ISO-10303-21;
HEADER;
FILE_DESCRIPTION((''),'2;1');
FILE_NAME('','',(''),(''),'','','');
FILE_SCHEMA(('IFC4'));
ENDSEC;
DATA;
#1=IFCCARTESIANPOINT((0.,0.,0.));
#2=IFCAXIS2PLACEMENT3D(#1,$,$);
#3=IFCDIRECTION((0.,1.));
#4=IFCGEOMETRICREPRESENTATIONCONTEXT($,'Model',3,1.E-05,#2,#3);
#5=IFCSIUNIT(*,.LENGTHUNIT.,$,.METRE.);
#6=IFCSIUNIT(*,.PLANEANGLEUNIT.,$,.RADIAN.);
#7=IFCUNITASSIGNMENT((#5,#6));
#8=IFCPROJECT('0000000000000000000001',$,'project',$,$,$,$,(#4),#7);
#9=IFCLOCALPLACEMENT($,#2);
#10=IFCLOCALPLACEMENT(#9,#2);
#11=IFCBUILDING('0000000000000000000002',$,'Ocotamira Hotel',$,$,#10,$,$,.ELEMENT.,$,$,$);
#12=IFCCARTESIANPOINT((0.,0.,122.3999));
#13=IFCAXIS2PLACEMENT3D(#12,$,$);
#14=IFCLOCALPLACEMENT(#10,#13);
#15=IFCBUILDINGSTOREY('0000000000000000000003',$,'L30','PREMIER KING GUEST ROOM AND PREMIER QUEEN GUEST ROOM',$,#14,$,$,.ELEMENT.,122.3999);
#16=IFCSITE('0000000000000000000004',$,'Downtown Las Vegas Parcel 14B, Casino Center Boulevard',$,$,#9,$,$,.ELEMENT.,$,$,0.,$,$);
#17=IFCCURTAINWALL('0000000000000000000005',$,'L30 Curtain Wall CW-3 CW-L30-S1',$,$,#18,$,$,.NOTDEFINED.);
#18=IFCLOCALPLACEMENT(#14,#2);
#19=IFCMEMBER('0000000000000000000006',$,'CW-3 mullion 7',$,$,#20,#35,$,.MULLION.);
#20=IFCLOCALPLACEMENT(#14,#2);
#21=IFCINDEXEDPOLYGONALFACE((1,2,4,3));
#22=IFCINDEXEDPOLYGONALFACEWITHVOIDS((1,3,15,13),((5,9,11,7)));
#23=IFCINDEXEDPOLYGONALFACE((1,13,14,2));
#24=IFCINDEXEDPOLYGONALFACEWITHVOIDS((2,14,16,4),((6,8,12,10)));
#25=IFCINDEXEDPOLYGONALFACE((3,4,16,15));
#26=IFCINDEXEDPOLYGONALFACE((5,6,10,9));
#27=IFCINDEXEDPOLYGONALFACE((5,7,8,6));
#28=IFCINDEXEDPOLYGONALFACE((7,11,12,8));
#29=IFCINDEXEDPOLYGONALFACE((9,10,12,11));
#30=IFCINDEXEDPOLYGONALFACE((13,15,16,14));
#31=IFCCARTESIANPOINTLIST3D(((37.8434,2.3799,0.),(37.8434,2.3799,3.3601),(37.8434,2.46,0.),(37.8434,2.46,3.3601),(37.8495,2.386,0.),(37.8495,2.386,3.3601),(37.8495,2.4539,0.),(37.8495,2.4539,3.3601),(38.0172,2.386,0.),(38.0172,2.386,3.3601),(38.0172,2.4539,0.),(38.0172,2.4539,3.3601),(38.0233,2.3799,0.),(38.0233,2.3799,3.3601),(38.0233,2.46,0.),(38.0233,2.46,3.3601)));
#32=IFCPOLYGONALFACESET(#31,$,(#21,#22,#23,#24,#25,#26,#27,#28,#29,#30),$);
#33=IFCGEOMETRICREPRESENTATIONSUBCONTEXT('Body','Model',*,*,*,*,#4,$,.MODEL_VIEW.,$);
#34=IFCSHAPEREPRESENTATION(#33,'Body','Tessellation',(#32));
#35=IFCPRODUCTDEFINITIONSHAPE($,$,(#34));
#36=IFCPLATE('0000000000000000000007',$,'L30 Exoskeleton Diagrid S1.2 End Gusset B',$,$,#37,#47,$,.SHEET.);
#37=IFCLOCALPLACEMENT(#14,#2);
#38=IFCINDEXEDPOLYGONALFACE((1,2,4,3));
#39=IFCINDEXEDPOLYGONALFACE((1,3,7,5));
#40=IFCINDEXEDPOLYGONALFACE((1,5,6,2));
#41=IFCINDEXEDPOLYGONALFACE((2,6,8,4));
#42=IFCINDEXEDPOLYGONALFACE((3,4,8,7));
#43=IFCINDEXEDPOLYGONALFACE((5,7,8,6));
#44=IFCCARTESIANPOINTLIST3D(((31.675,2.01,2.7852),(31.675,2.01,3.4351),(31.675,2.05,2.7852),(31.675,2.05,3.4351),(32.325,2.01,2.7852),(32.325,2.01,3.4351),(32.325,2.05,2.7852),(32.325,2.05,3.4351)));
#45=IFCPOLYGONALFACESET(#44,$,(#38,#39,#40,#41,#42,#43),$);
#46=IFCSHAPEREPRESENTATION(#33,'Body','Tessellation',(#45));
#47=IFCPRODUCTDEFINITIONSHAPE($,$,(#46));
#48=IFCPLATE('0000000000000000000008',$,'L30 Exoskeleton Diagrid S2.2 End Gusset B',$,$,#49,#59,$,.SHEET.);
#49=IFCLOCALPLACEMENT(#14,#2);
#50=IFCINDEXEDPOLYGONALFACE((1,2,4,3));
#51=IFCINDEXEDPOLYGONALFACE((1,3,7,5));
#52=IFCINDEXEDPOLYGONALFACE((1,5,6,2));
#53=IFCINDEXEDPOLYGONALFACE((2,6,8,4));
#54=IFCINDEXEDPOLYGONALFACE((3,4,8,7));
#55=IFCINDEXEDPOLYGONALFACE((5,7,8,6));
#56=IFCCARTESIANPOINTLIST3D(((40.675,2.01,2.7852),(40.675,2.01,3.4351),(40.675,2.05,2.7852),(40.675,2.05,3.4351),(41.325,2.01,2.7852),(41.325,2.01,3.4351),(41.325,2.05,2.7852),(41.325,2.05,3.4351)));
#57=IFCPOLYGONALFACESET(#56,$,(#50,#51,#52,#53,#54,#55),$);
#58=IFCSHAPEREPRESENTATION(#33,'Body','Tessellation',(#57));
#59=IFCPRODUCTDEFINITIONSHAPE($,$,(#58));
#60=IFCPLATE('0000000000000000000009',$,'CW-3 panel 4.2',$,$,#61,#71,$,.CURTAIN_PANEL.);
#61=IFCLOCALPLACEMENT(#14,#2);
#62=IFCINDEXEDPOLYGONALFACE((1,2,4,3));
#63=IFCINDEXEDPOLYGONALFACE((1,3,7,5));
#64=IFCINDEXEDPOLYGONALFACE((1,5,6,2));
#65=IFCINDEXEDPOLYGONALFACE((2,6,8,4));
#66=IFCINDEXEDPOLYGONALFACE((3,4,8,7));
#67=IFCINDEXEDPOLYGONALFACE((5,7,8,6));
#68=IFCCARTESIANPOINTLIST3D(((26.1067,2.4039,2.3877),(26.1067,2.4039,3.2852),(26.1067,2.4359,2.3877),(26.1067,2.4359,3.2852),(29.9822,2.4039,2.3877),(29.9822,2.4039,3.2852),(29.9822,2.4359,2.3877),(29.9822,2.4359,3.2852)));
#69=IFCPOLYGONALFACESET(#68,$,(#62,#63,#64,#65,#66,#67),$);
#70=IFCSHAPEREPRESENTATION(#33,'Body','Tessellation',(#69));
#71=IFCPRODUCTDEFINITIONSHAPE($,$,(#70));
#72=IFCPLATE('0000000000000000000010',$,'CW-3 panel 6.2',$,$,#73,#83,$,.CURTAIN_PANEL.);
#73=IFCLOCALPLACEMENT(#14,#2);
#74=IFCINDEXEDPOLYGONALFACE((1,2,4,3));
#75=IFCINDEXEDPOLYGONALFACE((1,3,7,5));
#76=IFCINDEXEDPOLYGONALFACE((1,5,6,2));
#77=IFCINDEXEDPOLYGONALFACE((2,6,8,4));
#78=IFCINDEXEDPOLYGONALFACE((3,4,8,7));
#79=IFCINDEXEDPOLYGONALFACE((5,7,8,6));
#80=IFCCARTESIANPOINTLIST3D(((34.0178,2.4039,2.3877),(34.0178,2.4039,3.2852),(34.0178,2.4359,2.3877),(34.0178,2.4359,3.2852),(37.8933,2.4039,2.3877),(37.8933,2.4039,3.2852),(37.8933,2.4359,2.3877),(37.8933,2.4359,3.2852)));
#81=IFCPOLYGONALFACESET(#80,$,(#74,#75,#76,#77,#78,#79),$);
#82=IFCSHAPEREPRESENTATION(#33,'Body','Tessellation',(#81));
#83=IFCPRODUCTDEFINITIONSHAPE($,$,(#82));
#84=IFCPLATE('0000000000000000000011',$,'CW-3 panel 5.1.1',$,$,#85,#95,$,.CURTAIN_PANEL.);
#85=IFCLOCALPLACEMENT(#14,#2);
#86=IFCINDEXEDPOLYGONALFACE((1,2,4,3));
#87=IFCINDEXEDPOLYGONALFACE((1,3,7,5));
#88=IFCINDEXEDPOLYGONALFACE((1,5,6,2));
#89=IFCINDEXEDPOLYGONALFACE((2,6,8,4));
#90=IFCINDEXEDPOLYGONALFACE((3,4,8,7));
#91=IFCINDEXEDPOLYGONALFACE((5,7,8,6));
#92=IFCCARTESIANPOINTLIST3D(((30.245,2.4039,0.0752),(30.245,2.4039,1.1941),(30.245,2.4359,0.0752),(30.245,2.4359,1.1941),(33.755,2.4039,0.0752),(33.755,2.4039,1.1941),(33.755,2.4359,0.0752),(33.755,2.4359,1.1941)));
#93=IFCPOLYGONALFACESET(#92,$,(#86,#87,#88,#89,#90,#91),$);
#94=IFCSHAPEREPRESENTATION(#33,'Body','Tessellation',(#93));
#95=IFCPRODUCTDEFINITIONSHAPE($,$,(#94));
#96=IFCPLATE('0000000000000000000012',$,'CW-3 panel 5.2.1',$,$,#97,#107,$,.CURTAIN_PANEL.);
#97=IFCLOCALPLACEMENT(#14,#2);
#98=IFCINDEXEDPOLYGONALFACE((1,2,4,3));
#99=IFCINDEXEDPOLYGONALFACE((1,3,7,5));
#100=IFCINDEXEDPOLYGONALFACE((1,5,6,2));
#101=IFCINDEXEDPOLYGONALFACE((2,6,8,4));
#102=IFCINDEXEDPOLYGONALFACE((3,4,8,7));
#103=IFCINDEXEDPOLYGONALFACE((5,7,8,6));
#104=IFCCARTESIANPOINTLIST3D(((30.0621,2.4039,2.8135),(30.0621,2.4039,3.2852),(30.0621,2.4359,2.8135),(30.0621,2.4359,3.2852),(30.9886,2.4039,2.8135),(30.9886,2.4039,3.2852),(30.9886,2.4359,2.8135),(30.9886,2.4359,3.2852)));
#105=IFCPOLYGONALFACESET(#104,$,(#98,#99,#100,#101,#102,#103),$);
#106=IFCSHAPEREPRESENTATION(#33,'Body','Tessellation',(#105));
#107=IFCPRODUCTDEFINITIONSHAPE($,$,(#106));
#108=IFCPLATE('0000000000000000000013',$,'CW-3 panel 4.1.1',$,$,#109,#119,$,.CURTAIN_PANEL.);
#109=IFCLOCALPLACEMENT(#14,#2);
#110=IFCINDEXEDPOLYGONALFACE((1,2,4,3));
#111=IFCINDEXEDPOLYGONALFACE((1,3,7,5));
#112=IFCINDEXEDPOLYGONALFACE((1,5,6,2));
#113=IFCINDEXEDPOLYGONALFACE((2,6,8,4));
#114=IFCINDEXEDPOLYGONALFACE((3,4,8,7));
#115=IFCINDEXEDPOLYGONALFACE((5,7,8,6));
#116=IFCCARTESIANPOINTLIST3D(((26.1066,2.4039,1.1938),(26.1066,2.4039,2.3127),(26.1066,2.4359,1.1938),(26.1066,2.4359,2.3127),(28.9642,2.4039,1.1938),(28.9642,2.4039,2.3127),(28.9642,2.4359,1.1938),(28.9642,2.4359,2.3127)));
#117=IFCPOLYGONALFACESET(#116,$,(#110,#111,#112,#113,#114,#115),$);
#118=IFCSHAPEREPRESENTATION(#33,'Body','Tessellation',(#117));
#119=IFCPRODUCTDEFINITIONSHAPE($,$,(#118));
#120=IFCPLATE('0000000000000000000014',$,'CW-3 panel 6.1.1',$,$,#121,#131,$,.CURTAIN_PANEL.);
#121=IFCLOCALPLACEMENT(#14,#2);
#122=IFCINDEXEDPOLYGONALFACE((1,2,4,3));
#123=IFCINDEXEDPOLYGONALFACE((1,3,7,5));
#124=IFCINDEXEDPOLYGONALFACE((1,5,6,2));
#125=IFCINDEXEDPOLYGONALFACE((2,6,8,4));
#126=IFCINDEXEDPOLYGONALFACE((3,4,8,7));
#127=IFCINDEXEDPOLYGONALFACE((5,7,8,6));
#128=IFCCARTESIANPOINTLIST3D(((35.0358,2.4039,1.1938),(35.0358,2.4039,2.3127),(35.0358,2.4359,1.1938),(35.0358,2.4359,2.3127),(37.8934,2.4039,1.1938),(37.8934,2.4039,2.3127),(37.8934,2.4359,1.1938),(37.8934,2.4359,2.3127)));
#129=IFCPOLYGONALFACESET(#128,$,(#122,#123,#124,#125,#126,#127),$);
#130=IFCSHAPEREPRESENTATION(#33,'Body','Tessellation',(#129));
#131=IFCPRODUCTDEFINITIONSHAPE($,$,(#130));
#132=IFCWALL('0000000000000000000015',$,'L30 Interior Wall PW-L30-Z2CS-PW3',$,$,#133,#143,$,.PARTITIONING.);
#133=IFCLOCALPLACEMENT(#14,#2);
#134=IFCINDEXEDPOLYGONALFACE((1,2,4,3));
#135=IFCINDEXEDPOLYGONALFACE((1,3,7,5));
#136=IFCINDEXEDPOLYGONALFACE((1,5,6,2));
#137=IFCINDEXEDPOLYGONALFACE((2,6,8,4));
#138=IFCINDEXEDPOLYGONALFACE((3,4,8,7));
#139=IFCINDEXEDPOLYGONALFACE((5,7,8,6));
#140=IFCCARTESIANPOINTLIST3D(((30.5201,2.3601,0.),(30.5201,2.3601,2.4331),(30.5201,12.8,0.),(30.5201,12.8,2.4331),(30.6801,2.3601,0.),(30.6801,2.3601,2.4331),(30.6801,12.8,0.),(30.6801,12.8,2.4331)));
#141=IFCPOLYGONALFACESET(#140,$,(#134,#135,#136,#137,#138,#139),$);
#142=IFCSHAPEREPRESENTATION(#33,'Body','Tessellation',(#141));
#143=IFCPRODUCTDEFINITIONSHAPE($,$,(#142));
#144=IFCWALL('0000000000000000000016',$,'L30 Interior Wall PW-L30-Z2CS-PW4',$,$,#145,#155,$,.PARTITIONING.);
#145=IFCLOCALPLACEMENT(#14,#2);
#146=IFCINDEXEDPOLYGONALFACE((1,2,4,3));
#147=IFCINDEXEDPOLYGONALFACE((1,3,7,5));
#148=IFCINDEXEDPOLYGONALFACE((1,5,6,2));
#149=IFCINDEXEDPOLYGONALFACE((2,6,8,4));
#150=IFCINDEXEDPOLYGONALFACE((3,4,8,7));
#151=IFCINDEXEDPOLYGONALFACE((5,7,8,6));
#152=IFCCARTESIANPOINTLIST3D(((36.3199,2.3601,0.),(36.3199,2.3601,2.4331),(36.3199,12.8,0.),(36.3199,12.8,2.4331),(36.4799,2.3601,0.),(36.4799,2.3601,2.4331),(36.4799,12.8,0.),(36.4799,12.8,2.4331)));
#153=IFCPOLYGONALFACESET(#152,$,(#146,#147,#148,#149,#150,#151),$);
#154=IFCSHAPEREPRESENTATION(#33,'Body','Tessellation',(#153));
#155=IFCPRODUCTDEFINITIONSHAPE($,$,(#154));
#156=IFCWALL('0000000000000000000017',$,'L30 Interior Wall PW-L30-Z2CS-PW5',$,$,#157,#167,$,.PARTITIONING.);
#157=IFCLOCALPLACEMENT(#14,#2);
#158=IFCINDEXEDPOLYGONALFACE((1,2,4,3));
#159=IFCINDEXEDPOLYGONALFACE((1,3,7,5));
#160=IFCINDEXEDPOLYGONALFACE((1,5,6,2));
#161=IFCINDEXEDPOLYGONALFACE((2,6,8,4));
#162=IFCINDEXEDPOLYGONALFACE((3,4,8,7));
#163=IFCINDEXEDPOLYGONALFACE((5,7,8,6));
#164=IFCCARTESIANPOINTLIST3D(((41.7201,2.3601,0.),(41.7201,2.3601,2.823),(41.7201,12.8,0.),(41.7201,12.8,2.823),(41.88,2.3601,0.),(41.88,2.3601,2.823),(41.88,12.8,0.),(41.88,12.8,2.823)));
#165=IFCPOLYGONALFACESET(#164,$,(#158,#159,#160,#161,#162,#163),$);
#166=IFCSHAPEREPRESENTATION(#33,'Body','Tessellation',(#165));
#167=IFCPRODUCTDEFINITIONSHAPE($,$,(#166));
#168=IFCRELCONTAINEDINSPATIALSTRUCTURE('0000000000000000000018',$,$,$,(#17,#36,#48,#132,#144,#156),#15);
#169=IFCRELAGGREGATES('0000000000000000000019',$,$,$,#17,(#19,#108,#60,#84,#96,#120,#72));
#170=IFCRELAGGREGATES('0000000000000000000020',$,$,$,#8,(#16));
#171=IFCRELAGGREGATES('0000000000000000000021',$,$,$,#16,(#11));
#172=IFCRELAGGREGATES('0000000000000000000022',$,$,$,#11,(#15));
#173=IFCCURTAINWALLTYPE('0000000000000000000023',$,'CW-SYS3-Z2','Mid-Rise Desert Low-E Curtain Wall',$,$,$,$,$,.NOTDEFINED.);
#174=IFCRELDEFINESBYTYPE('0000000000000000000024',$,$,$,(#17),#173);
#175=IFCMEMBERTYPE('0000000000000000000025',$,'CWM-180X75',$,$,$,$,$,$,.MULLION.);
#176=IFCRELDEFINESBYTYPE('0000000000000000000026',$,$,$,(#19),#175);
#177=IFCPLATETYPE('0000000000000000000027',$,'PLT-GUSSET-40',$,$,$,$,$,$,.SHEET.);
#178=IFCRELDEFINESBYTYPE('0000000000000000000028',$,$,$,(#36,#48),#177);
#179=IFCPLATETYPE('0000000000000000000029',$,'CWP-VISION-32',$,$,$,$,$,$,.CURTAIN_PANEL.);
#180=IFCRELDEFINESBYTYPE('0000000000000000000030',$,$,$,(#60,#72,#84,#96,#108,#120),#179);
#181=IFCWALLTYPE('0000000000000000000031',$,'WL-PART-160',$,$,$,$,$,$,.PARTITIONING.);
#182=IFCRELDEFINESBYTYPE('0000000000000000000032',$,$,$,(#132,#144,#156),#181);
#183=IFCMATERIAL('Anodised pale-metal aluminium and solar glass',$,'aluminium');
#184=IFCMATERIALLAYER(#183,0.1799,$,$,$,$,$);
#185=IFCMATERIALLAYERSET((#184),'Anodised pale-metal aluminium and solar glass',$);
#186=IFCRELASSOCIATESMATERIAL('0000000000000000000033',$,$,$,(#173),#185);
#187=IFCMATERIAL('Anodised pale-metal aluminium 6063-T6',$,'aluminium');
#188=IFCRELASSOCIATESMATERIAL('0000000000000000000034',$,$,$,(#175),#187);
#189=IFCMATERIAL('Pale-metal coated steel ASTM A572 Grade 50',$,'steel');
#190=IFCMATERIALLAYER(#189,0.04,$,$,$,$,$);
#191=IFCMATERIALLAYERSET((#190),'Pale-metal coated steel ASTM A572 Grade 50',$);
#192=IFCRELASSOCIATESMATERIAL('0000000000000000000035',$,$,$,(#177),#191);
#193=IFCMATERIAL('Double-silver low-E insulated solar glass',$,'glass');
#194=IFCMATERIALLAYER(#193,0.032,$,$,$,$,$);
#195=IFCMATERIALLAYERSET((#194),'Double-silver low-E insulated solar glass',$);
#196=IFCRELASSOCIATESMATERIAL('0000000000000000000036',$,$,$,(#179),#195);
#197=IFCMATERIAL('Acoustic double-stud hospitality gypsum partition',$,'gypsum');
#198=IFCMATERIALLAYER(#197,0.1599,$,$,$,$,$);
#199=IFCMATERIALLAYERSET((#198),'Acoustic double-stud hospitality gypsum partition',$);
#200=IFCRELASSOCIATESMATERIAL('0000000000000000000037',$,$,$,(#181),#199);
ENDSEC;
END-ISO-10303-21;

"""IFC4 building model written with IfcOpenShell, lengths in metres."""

from ifc_helpers import new_model, si_unit, direction, frame, frame_2d, origin, origin_2d, place, context, subcontext, project, spatial, rectangle, hollow_rectangle, extrude, source, transform, mapped, material, layer, layer_set, material_profile, profile_set, type_object, element, aggregate, save


model = new_model("IFC4")

# Units and contexts
model_context = context("Model", 3, precision=1e-05, world=origin(), true_north=direction((0.0, 1.0)))
body_context = subcontext(model_context, "Body", "Model", "MODEL_VIEW")
ifc_project = project(units=[si_unit("LENGTHUNIT", "METRE"), si_unit("PLANEANGLEUNIT", "RADIAN")], contexts=[model_context])

# Site, building, storey
site_placement = place(None, origin())
site = spatial("IfcSite", under=ifc_project, at=site_placement, Name="Downtown Las Vegas Parcel 14B, Casino Center Boulevard", CompositionType="ELEMENT", RefElevation=0.0)
building_placement = place(site_placement, origin())
building = spatial("IfcBuilding", under=site, at=building_placement, Name="Ocotamira Hotel", CompositionType="ELEMENT")
storey_placement = place(building_placement, frame((0.0, 0.0, 122.3999)))
storey = spatial("IfcBuildingStorey", under=building, at=storey_placement, Name="L30", Description="PREMIER KING GUEST ROOM AND PREMIER QUEEN GUEST ROOM", CompositionType="ELEMENT", Elevation=122.3999)

# Curtain wall, member
ifc_material_1 = material(Name="Anodised pale-metal aluminium and solar glass", Category="aluminium")
ifc_layer_1 = layer(ifc_material_1, 0.1799)
ifc_layer_set_1 = layer_set([ifc_layer_1], Name="Anodised pale-metal aluminium and solar glass")
curtain_wall_type = type_object("IfcCurtainWallType", Name="CW-SYS3-Z2", Description="Mid-Rise Desert Low-E Curtain Wall", PredefinedType="NOTDEFINED", material=ifc_layer_set_1)
curtain_wall_placement = place(storey_placement, origin())
curtain_wall = element("IfcCurtainWall", 1, at=curtain_wall_placement, inside=storey, type_object=curtain_wall_type, Name="L30 Curtain Wall CW-3 CW-L30-S1", PredefinedType="NOTDEFINED")
ifc_material_2 = material(Name="Anodised pale-metal aluminium 6063-T6", Category="aluminium")
ifc_material_profile_1 = material_profile(ifc_material_2, hollow_rectangle(XDim=0.0801, YDim=0.1799, WallThickness=0.0061, at=origin_2d()), Name="HSS180X80X6")
ifc_profile_set_1 = profile_set([ifc_material_profile_1], Name="Anodised pale-metal aluminium 6063-T6")
member_type_1 = type_object("IfcMemberType", Name="CWM-180X75", PredefinedType="MULLION", material=ifc_profile_set_1)
shared_shape_1 = source(origin(), body_context, "Body", "SweptSolid", [
    extrude(hollow_rectangle(XDim=0.0801, YDim=0.1799, WallThickness=0.0061, at=origin_2d()), origin(), (0.0, 0.0, 1.0), 3.3601),
])
member_1_placement = place(storey_placement, frame((37.9333, 2.4199, 0.0), z_axis=(0.0, 0.0, 1.0), x_axis=(0.0, 1.0, 0.0)))
member_1 = element("IfcMember", 2, at=member_1_placement, type_object=member_type_1, Name="CW-3 mullion 7", PredefinedType="MULLION", context=body_context, shape_type="MappedRepresentation", body=[
    mapped(shared_shape_1, transform((0.0, 0.0, 0.0), scale=1.0)),
])

# Plates
ifc_material_3 = material(Name="Pale-metal coated steel ASTM A572 Grade 50", Category="steel")
ifc_layer_2 = layer(ifc_material_3, 0.04)
ifc_layer_set_2 = layer_set([ifc_layer_2], Name="Pale-metal coated steel ASTM A572 Grade 50")
plate_type_1 = type_object("IfcPlateType", Name="PLT-GUSSET-40", PredefinedType="SHEET", material=ifc_layer_set_2)
shared_shape_2 = source(origin(), body_context, "Body", "SweptSolid", [
    extrude(rectangle(XDim=0.6499, YDim=0.04, at=origin_2d()), origin(), (0.0, 0.0, 1.0), 0.6499),
])
for number, where, z_axis, x_axis, name in (
    (3, (32.0, 2.03, 2.7852), (0.0, 0.0, 1.0), (1.0, 0.0, 0.0), "L30 Exoskeleton Diagrid S1.2 End Gusset B"),
    (4, (41.0, 2.03, 2.7852), (0.0, 0.0, 1.0), (1.0, 0.0, 0.0), "L30 Exoskeleton Diagrid S2.2 End Gusset B"),
):
    element("IfcPlate", number, at=place(storey_placement, frame(where, z_axis=z_axis, x_axis=x_axis)), inside=storey, type_object=plate_type_1, Name=name, PredefinedType="SHEET", context=body_context, shape_type="MappedRepresentation", body=[
        mapped(shared_shape_2, transform((0.0, 0.0, 0.0), scale=1.0)),
    ])

# Plates
ifc_material_4 = material(Name="Double-silver low-E insulated solar glass", Category="glass")
ifc_layer_3 = layer(ifc_material_4, 0.032)
ifc_layer_set_3 = layer_set([ifc_layer_3], Name="Double-silver low-E insulated solar glass")
plate_type_2 = type_object("IfcPlateType", Name="CWP-VISION-32", PredefinedType="CURTAIN_PANEL", material=ifc_layer_set_3)
shared_shape_3 = source(origin(), body_context, "Body", "SweptSolid", [
    extrude(rectangle(XDim=3.8755, YDim=0.032, at=origin_2d()), origin(), (0.0, 0.0, 1.0), 0.8975),
])
plate_1_placement = place(storey_placement, frame((28.0444, 2.4199, 2.3877), z_axis=(0.0, 0.0, 1.0), x_axis=(1.0, 0.0, 0.0)))
plate_1 = element("IfcPlate", 5, at=plate_1_placement, type_object=plate_type_2, Name="CW-3 panel 4.2", PredefinedType="CURTAIN_PANEL", context=body_context, shape_type="MappedRepresentation", body=[
    mapped(shared_shape_3, transform((0.0, 0.0, 0.0), scale=1.0)),
])
plate_2_placement = place(storey_placement, frame((35.9556, 2.4199, 2.3877), z_axis=(0.0, 0.0, 1.0), x_axis=(1.0, 0.0, 0.0)))
plate_2 = element("IfcPlate", 6, at=plate_2_placement, type_object=plate_type_2, Name="CW-3 panel 6.2", PredefinedType="CURTAIN_PANEL", context=body_context, shape_type="MappedRepresentation", body=[
    mapped(shared_shape_3, transform((0.0, 0.0, 0.0), scale=1.0)),
])
shared_shape_4 = source(origin(), body_context, "Body", "SweptSolid", [
    extrude(rectangle(XDim=3.51, YDim=0.032, at=origin_2d()), origin(), (0.0, 0.0, 1.0), 1.1189),
])
plate_3_placement = place(storey_placement, frame((32.0, 2.4199, 0.0752), z_axis=(0.0, 0.0, 1.0), x_axis=(1.0, 0.0, 0.0)))
plate_3 = element("IfcPlate", 7, at=plate_3_placement, type_object=plate_type_2, Name="CW-3 panel 5.1.1", PredefinedType="CURTAIN_PANEL", context=body_context, shape_type="MappedRepresentation", body=[
    mapped(shared_shape_4, transform((0.0, 0.0, 0.0), scale=1.0)),
])
shared_shape_5 = source(origin(), body_context, "Body", "SweptSolid", [
    extrude(rectangle(XDim=0.9265, YDim=0.032, at=origin_2d()), origin(), (0.0, 0.0, 1.0), 0.4717),
])
plate_4_placement = place(storey_placement, frame((30.5254, 2.4199, 2.8135), z_axis=(0.0, 0.0, 1.0), x_axis=(1.0, 0.0, 0.0)))
plate_4 = element("IfcPlate", 8, at=plate_4_placement, type_object=plate_type_2, Name="CW-3 panel 5.2.1", PredefinedType="CURTAIN_PANEL", context=body_context, shape_type="MappedRepresentation", body=[
    mapped(shared_shape_5, transform((0.0, 0.0, 0.0), scale=1.0)),
])
shared_shape_6 = source(origin(), body_context, "Body", "SweptSolid", [
    extrude(rectangle(XDim=2.8577, YDim=0.032, at=origin_2d()), origin(), (0.0, 0.0, 1.0), 1.1189),
])
plate_5_placement = place(storey_placement, frame((27.5354, 2.4199, 1.1938), z_axis=(0.0, 0.0, 1.0), x_axis=(1.0, 0.0, 0.0)))
plate_5 = element("IfcPlate", 9, at=plate_5_placement, type_object=plate_type_2, Name="CW-3 panel 4.1.1", PredefinedType="CURTAIN_PANEL", context=body_context, shape_type="MappedRepresentation", body=[
    mapped(shared_shape_6, transform((0.0, 0.0, 0.0), scale=1.0)),
])
plate_6_placement = place(storey_placement, frame((36.4646, 2.4199, 1.1938), z_axis=(0.0, 0.0, 1.0), x_axis=(1.0, 0.0, 0.0)))
plate_6 = element("IfcPlate", 10, at=plate_6_placement, type_object=plate_type_2, Name="CW-3 panel 6.1.1", PredefinedType="CURTAIN_PANEL", context=body_context, shape_type="MappedRepresentation", body=[
    mapped(shared_shape_6, transform((0.0, 0.0, 0.0), scale=1.0)),
])
aggregate(curtain_wall, [member_1, plate_5, plate_1, plate_3, plate_4, plate_6, plate_2])

# Walls
ifc_material_5 = material(Name="Acoustic double-stud hospitality gypsum partition", Category="gypsum")
ifc_layer_4 = layer(ifc_material_5, 0.1599)
ifc_layer_set_4 = layer_set([ifc_layer_4], Name="Acoustic double-stud hospitality gypsum partition")
wall_type = type_object("IfcWallType", Name="WL-PART-160", PredefinedType="PARTITIONING", material=ifc_layer_set_4)
for number, where, z_axis, x_axis, name in (
    (11, (30.6001, 2.3601, 0.0), (0.0, 0.0, 1.0), (0.0, 1.0, 0.0), "L30 Interior Wall PW-L30-Z2CS-PW3"),
    (12, (36.3999, 2.3601, 0.0), (0.0, 0.0, 1.0), (0.0, 1.0, 0.0), "L30 Interior Wall PW-L30-Z2CS-PW4"),
):
    element("IfcWall", number, at=place(storey_placement, frame(where, z_axis=z_axis, x_axis=x_axis)), inside=storey, type_object=wall_type, Name=name, PredefinedType="PARTITIONING", context=body_context, shape_type="SweptSolid", body=[
        extrude(rectangle(XDim=10.4399, YDim=0.1599, at=frame_2d((5.22, 0.0))), origin(), (0.0, 0.0, 1.0), 2.4331),
    ])
wall_placement = place(storey_placement, frame((41.8, 2.3601, 0.0), z_axis=(0.0, 0.0, 1.0), x_axis=(0.0, 1.0, 0.0)))
element("IfcWall", 13, at=wall_placement, inside=storey, type_object=wall_type, Name="L30 Interior Wall PW-L30-Z2CS-PW5", PredefinedType="PARTITIONING", context=body_context, shape_type="SweptSolid", body=[
    extrude(rectangle(XDim=10.4399, YDim=0.1599, at=frame_2d((5.22, 0.0))), origin(), (0.0, 0.0, 1.0), 2.823),
])

save(model, "model.ifc")
